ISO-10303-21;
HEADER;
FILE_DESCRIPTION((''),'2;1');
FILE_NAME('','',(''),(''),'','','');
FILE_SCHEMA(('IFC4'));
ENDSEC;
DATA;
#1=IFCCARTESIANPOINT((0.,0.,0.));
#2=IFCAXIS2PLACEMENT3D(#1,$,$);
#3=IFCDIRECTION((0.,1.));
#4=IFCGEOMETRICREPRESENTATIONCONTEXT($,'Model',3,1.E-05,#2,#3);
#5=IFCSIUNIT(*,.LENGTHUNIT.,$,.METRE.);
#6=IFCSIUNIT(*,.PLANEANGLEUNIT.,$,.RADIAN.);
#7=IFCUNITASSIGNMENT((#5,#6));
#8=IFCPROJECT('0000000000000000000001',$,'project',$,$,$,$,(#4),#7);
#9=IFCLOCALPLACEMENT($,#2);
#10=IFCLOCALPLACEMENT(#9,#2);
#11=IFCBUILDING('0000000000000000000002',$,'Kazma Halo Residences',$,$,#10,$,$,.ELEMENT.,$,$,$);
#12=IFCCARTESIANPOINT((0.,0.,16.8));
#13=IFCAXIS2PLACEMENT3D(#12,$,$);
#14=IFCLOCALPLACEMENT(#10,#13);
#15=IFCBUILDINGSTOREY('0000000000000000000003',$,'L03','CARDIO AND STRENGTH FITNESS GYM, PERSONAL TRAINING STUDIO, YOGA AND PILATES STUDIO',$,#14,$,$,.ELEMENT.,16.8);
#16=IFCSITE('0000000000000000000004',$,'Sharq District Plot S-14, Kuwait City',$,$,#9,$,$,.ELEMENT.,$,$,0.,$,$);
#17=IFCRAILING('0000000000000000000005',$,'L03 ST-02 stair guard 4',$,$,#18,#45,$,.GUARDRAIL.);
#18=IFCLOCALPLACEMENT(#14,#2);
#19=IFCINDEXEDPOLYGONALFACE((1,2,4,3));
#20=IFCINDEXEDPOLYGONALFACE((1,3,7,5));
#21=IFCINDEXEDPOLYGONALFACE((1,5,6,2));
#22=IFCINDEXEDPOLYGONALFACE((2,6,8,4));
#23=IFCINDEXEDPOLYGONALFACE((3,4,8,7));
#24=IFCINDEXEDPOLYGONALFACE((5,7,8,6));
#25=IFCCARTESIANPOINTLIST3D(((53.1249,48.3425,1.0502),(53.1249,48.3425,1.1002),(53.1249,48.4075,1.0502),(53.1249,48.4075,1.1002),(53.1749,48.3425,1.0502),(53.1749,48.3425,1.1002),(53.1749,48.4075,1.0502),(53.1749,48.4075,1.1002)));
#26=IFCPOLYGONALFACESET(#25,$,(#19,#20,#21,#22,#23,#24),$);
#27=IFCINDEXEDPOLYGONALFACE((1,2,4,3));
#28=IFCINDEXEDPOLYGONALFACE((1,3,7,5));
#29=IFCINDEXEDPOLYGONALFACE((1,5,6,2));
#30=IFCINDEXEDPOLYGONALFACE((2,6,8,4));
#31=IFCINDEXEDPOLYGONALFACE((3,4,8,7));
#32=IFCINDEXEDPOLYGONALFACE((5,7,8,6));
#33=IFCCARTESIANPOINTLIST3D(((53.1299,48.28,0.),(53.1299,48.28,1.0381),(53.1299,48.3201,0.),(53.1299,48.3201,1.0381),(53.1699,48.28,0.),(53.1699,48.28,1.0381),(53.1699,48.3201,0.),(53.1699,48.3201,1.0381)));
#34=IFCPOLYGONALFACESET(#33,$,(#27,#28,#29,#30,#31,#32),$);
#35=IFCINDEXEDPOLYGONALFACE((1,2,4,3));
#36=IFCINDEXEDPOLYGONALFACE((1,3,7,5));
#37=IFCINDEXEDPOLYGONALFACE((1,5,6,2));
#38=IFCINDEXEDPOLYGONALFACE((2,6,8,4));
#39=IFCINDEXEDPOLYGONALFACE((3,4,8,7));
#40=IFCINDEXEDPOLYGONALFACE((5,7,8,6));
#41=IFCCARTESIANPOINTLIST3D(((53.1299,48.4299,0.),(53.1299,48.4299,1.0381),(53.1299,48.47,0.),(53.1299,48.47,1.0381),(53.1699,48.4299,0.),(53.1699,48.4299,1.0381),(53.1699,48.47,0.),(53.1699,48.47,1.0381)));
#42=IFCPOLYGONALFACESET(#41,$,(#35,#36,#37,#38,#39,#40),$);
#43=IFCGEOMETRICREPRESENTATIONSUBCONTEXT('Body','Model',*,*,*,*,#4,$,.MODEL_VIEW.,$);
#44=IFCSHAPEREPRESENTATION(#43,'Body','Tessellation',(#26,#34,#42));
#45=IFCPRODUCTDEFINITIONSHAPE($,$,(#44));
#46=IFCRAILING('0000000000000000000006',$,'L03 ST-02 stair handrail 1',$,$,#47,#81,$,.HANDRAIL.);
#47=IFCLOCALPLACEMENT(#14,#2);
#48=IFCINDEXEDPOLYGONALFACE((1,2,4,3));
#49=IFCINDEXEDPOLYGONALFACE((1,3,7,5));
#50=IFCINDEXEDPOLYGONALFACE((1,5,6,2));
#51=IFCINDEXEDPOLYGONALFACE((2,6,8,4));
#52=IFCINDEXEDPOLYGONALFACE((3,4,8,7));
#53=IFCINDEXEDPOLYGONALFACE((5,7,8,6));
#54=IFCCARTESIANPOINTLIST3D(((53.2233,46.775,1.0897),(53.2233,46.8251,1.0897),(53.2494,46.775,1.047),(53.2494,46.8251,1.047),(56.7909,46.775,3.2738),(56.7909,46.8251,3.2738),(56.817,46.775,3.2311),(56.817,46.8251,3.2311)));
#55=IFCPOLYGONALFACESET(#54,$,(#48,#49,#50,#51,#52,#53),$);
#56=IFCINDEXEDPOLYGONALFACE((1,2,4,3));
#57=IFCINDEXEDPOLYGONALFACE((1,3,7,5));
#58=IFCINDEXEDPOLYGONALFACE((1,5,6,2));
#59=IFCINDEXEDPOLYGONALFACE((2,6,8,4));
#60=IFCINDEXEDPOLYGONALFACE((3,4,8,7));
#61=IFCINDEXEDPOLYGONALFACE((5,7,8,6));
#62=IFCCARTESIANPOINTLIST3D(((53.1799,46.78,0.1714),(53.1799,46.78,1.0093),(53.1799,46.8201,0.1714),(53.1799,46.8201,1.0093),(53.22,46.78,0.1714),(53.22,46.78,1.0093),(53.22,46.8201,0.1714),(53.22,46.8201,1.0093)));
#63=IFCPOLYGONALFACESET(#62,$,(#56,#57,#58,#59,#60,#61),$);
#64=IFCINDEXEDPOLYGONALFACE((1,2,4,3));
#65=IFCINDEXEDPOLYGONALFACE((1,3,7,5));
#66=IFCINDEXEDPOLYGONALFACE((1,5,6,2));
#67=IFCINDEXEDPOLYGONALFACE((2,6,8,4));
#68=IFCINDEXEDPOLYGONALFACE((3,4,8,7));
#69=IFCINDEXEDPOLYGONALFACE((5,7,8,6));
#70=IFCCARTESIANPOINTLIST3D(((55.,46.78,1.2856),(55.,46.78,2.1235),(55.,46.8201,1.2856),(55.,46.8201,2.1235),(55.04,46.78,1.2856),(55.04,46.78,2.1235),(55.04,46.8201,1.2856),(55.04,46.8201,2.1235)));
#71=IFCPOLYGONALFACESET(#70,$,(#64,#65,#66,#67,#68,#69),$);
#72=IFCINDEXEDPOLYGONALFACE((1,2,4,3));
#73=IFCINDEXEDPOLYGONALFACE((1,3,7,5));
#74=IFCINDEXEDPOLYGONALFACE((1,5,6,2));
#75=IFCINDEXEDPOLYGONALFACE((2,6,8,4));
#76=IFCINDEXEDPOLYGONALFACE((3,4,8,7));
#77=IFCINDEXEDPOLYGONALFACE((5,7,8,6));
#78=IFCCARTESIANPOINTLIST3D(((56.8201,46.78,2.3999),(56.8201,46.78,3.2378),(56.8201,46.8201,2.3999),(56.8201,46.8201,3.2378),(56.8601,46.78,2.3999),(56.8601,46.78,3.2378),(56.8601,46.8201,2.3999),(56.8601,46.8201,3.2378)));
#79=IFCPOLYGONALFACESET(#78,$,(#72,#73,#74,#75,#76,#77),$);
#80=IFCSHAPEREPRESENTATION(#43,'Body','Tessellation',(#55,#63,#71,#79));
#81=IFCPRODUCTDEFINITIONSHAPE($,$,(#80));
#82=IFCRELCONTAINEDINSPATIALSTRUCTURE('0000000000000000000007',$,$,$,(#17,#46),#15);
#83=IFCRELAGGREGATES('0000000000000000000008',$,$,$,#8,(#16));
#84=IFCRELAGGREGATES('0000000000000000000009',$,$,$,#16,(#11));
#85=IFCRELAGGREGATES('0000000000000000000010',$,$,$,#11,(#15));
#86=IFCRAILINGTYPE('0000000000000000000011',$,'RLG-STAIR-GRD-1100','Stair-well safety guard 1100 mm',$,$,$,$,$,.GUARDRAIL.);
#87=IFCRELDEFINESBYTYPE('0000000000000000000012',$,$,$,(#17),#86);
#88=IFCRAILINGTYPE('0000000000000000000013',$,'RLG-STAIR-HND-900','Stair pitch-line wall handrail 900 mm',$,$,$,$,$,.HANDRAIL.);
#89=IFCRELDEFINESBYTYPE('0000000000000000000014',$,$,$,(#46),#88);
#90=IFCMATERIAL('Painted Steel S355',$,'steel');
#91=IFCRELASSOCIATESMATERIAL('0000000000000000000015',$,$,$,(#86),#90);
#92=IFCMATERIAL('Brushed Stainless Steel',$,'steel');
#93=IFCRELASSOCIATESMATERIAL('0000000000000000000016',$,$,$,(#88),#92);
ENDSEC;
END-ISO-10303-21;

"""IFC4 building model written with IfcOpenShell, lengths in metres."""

from ifc_helpers import new_model, si_unit, direction, frame, origin, origin_2d, place, context, subcontext, project, spatial, rectangle, extrude, material, type_object, element, save


model = new_model("IFC4")

# Units and contexts
model_context = context("Model", 3, precision=1e-05, world=origin(), true_north=direction((0.0, 1.0)))
body_context = subcontext(model_context, "Body", "Model", "MODEL_VIEW")
ifc_project = project(units=[si_unit("LENGTHUNIT", "METRE"), si_unit("PLANEANGLEUNIT", "RADIAN")], contexts=[model_context])

# Site, building, storey
site_placement = place(None, origin())
site = spatial("IfcSite", under=ifc_project, at=site_placement, Name="Sharq District Plot S-14, Kuwait City", CompositionType="ELEMENT", RefElevation=0.0)
building_placement = place(site_placement, origin())
building = spatial("IfcBuilding", under=site, at=building_placement, Name="Kazma Halo Residences", CompositionType="ELEMENT")
storey_placement = place(building_placement, frame((0.0, 0.0, 16.8)))
storey = spatial("IfcBuildingStorey", under=building, at=storey_placement, Name="L03", Description="CARDIO AND STRENGTH FITNESS GYM, PERSONAL TRAINING STUDIO, YOGA AND PILATES STUDIO", CompositionType="ELEMENT", Elevation=16.8)

# Railings
ifc_material_1 = material(Name="Painted Steel S355", Category="steel")
railing_type_1 = type_object("IfcRailingType", Name="RLG-STAIR-GRD-1100", Description="Stair-well safety guard 1100 mm", PredefinedType="GUARDRAIL", material=ifc_material_1)
railing_1_placement = place(storey_placement, frame((53.1499, 48.3, 0.0)))
element("IfcRailing", 1, at=railing_1_placement, inside=storey, type_object=railing_type_1, Name="L03 ST-02 stair guard 4", PredefinedType="GUARDRAIL", context=body_context, shape_type="SweptSolid", body=[
    extrude(rectangle(XDim=0.05, YDim=0.05, at=origin_2d()), frame((0.0, 0.0425, 1.0752), z_axis=(0.0, 1.0, 0.0), x_axis=(-1.0, 0.0, 0.0)), (0.0, 0.0, 1.0), 0.0649),
    extrude(rectangle(XDim=0.04, YDim=0.04, at=origin_2d()), origin(), (0.0, 0.0, 1.0), 1.0381),
    extrude(rectangle(XDim=0.04, YDim=0.04, at=origin_2d()), frame((0.0, 0.1499, 0.0)), (0.0, 0.0, 1.0), 1.0381),
])
ifc_material_2 = material(Name="Brushed Stainless Steel", Category="steel")
railing_type_2 = type_object("IfcRailingType", Name="RLG-STAIR-HND-900", Description="Stair pitch-line wall handrail 900 mm", PredefinedType="HANDRAIL", material=ifc_material_2)
railing_2_placement = place(storey_placement, frame((53.2, 46.8, 0.1714)))
element("IfcRailing", 2, at=railing_2_placement, inside=storey, type_object=railing_type_2, Name="L03 ST-02 stair handrail 1", PredefinedType="HANDRAIL", context=body_context, shape_type="SweptSolid", body=[
    extrude(rectangle(XDim=0.05, YDim=0.05, at=origin_2d()), frame((0.0364, 0.0, 0.897), z_axis=(0.852866, 0.0, 0.52213), x_axis=(0.0, 1.0, 0.0)), (0.0, 0.0, 1.0), 4.1831),
    extrude(rectangle(XDim=0.04, YDim=0.04, at=origin_2d()), origin(), (0.0, 0.0, 1.0), 0.8379),
    extrude(rectangle(XDim=0.04, YDim=0.04, at=origin_2d()), frame((1.8201, 0.0, 1.1143)), (0.0, 0.0, 1.0), 0.8379),
    extrude(rectangle(XDim=0.04, YDim=0.04, at=origin_2d()), frame((3.6401, 0.0, 2.2285)), (0.0, 0.0, 1.0), 0.8379),
])

save(model, "model.ifc")
